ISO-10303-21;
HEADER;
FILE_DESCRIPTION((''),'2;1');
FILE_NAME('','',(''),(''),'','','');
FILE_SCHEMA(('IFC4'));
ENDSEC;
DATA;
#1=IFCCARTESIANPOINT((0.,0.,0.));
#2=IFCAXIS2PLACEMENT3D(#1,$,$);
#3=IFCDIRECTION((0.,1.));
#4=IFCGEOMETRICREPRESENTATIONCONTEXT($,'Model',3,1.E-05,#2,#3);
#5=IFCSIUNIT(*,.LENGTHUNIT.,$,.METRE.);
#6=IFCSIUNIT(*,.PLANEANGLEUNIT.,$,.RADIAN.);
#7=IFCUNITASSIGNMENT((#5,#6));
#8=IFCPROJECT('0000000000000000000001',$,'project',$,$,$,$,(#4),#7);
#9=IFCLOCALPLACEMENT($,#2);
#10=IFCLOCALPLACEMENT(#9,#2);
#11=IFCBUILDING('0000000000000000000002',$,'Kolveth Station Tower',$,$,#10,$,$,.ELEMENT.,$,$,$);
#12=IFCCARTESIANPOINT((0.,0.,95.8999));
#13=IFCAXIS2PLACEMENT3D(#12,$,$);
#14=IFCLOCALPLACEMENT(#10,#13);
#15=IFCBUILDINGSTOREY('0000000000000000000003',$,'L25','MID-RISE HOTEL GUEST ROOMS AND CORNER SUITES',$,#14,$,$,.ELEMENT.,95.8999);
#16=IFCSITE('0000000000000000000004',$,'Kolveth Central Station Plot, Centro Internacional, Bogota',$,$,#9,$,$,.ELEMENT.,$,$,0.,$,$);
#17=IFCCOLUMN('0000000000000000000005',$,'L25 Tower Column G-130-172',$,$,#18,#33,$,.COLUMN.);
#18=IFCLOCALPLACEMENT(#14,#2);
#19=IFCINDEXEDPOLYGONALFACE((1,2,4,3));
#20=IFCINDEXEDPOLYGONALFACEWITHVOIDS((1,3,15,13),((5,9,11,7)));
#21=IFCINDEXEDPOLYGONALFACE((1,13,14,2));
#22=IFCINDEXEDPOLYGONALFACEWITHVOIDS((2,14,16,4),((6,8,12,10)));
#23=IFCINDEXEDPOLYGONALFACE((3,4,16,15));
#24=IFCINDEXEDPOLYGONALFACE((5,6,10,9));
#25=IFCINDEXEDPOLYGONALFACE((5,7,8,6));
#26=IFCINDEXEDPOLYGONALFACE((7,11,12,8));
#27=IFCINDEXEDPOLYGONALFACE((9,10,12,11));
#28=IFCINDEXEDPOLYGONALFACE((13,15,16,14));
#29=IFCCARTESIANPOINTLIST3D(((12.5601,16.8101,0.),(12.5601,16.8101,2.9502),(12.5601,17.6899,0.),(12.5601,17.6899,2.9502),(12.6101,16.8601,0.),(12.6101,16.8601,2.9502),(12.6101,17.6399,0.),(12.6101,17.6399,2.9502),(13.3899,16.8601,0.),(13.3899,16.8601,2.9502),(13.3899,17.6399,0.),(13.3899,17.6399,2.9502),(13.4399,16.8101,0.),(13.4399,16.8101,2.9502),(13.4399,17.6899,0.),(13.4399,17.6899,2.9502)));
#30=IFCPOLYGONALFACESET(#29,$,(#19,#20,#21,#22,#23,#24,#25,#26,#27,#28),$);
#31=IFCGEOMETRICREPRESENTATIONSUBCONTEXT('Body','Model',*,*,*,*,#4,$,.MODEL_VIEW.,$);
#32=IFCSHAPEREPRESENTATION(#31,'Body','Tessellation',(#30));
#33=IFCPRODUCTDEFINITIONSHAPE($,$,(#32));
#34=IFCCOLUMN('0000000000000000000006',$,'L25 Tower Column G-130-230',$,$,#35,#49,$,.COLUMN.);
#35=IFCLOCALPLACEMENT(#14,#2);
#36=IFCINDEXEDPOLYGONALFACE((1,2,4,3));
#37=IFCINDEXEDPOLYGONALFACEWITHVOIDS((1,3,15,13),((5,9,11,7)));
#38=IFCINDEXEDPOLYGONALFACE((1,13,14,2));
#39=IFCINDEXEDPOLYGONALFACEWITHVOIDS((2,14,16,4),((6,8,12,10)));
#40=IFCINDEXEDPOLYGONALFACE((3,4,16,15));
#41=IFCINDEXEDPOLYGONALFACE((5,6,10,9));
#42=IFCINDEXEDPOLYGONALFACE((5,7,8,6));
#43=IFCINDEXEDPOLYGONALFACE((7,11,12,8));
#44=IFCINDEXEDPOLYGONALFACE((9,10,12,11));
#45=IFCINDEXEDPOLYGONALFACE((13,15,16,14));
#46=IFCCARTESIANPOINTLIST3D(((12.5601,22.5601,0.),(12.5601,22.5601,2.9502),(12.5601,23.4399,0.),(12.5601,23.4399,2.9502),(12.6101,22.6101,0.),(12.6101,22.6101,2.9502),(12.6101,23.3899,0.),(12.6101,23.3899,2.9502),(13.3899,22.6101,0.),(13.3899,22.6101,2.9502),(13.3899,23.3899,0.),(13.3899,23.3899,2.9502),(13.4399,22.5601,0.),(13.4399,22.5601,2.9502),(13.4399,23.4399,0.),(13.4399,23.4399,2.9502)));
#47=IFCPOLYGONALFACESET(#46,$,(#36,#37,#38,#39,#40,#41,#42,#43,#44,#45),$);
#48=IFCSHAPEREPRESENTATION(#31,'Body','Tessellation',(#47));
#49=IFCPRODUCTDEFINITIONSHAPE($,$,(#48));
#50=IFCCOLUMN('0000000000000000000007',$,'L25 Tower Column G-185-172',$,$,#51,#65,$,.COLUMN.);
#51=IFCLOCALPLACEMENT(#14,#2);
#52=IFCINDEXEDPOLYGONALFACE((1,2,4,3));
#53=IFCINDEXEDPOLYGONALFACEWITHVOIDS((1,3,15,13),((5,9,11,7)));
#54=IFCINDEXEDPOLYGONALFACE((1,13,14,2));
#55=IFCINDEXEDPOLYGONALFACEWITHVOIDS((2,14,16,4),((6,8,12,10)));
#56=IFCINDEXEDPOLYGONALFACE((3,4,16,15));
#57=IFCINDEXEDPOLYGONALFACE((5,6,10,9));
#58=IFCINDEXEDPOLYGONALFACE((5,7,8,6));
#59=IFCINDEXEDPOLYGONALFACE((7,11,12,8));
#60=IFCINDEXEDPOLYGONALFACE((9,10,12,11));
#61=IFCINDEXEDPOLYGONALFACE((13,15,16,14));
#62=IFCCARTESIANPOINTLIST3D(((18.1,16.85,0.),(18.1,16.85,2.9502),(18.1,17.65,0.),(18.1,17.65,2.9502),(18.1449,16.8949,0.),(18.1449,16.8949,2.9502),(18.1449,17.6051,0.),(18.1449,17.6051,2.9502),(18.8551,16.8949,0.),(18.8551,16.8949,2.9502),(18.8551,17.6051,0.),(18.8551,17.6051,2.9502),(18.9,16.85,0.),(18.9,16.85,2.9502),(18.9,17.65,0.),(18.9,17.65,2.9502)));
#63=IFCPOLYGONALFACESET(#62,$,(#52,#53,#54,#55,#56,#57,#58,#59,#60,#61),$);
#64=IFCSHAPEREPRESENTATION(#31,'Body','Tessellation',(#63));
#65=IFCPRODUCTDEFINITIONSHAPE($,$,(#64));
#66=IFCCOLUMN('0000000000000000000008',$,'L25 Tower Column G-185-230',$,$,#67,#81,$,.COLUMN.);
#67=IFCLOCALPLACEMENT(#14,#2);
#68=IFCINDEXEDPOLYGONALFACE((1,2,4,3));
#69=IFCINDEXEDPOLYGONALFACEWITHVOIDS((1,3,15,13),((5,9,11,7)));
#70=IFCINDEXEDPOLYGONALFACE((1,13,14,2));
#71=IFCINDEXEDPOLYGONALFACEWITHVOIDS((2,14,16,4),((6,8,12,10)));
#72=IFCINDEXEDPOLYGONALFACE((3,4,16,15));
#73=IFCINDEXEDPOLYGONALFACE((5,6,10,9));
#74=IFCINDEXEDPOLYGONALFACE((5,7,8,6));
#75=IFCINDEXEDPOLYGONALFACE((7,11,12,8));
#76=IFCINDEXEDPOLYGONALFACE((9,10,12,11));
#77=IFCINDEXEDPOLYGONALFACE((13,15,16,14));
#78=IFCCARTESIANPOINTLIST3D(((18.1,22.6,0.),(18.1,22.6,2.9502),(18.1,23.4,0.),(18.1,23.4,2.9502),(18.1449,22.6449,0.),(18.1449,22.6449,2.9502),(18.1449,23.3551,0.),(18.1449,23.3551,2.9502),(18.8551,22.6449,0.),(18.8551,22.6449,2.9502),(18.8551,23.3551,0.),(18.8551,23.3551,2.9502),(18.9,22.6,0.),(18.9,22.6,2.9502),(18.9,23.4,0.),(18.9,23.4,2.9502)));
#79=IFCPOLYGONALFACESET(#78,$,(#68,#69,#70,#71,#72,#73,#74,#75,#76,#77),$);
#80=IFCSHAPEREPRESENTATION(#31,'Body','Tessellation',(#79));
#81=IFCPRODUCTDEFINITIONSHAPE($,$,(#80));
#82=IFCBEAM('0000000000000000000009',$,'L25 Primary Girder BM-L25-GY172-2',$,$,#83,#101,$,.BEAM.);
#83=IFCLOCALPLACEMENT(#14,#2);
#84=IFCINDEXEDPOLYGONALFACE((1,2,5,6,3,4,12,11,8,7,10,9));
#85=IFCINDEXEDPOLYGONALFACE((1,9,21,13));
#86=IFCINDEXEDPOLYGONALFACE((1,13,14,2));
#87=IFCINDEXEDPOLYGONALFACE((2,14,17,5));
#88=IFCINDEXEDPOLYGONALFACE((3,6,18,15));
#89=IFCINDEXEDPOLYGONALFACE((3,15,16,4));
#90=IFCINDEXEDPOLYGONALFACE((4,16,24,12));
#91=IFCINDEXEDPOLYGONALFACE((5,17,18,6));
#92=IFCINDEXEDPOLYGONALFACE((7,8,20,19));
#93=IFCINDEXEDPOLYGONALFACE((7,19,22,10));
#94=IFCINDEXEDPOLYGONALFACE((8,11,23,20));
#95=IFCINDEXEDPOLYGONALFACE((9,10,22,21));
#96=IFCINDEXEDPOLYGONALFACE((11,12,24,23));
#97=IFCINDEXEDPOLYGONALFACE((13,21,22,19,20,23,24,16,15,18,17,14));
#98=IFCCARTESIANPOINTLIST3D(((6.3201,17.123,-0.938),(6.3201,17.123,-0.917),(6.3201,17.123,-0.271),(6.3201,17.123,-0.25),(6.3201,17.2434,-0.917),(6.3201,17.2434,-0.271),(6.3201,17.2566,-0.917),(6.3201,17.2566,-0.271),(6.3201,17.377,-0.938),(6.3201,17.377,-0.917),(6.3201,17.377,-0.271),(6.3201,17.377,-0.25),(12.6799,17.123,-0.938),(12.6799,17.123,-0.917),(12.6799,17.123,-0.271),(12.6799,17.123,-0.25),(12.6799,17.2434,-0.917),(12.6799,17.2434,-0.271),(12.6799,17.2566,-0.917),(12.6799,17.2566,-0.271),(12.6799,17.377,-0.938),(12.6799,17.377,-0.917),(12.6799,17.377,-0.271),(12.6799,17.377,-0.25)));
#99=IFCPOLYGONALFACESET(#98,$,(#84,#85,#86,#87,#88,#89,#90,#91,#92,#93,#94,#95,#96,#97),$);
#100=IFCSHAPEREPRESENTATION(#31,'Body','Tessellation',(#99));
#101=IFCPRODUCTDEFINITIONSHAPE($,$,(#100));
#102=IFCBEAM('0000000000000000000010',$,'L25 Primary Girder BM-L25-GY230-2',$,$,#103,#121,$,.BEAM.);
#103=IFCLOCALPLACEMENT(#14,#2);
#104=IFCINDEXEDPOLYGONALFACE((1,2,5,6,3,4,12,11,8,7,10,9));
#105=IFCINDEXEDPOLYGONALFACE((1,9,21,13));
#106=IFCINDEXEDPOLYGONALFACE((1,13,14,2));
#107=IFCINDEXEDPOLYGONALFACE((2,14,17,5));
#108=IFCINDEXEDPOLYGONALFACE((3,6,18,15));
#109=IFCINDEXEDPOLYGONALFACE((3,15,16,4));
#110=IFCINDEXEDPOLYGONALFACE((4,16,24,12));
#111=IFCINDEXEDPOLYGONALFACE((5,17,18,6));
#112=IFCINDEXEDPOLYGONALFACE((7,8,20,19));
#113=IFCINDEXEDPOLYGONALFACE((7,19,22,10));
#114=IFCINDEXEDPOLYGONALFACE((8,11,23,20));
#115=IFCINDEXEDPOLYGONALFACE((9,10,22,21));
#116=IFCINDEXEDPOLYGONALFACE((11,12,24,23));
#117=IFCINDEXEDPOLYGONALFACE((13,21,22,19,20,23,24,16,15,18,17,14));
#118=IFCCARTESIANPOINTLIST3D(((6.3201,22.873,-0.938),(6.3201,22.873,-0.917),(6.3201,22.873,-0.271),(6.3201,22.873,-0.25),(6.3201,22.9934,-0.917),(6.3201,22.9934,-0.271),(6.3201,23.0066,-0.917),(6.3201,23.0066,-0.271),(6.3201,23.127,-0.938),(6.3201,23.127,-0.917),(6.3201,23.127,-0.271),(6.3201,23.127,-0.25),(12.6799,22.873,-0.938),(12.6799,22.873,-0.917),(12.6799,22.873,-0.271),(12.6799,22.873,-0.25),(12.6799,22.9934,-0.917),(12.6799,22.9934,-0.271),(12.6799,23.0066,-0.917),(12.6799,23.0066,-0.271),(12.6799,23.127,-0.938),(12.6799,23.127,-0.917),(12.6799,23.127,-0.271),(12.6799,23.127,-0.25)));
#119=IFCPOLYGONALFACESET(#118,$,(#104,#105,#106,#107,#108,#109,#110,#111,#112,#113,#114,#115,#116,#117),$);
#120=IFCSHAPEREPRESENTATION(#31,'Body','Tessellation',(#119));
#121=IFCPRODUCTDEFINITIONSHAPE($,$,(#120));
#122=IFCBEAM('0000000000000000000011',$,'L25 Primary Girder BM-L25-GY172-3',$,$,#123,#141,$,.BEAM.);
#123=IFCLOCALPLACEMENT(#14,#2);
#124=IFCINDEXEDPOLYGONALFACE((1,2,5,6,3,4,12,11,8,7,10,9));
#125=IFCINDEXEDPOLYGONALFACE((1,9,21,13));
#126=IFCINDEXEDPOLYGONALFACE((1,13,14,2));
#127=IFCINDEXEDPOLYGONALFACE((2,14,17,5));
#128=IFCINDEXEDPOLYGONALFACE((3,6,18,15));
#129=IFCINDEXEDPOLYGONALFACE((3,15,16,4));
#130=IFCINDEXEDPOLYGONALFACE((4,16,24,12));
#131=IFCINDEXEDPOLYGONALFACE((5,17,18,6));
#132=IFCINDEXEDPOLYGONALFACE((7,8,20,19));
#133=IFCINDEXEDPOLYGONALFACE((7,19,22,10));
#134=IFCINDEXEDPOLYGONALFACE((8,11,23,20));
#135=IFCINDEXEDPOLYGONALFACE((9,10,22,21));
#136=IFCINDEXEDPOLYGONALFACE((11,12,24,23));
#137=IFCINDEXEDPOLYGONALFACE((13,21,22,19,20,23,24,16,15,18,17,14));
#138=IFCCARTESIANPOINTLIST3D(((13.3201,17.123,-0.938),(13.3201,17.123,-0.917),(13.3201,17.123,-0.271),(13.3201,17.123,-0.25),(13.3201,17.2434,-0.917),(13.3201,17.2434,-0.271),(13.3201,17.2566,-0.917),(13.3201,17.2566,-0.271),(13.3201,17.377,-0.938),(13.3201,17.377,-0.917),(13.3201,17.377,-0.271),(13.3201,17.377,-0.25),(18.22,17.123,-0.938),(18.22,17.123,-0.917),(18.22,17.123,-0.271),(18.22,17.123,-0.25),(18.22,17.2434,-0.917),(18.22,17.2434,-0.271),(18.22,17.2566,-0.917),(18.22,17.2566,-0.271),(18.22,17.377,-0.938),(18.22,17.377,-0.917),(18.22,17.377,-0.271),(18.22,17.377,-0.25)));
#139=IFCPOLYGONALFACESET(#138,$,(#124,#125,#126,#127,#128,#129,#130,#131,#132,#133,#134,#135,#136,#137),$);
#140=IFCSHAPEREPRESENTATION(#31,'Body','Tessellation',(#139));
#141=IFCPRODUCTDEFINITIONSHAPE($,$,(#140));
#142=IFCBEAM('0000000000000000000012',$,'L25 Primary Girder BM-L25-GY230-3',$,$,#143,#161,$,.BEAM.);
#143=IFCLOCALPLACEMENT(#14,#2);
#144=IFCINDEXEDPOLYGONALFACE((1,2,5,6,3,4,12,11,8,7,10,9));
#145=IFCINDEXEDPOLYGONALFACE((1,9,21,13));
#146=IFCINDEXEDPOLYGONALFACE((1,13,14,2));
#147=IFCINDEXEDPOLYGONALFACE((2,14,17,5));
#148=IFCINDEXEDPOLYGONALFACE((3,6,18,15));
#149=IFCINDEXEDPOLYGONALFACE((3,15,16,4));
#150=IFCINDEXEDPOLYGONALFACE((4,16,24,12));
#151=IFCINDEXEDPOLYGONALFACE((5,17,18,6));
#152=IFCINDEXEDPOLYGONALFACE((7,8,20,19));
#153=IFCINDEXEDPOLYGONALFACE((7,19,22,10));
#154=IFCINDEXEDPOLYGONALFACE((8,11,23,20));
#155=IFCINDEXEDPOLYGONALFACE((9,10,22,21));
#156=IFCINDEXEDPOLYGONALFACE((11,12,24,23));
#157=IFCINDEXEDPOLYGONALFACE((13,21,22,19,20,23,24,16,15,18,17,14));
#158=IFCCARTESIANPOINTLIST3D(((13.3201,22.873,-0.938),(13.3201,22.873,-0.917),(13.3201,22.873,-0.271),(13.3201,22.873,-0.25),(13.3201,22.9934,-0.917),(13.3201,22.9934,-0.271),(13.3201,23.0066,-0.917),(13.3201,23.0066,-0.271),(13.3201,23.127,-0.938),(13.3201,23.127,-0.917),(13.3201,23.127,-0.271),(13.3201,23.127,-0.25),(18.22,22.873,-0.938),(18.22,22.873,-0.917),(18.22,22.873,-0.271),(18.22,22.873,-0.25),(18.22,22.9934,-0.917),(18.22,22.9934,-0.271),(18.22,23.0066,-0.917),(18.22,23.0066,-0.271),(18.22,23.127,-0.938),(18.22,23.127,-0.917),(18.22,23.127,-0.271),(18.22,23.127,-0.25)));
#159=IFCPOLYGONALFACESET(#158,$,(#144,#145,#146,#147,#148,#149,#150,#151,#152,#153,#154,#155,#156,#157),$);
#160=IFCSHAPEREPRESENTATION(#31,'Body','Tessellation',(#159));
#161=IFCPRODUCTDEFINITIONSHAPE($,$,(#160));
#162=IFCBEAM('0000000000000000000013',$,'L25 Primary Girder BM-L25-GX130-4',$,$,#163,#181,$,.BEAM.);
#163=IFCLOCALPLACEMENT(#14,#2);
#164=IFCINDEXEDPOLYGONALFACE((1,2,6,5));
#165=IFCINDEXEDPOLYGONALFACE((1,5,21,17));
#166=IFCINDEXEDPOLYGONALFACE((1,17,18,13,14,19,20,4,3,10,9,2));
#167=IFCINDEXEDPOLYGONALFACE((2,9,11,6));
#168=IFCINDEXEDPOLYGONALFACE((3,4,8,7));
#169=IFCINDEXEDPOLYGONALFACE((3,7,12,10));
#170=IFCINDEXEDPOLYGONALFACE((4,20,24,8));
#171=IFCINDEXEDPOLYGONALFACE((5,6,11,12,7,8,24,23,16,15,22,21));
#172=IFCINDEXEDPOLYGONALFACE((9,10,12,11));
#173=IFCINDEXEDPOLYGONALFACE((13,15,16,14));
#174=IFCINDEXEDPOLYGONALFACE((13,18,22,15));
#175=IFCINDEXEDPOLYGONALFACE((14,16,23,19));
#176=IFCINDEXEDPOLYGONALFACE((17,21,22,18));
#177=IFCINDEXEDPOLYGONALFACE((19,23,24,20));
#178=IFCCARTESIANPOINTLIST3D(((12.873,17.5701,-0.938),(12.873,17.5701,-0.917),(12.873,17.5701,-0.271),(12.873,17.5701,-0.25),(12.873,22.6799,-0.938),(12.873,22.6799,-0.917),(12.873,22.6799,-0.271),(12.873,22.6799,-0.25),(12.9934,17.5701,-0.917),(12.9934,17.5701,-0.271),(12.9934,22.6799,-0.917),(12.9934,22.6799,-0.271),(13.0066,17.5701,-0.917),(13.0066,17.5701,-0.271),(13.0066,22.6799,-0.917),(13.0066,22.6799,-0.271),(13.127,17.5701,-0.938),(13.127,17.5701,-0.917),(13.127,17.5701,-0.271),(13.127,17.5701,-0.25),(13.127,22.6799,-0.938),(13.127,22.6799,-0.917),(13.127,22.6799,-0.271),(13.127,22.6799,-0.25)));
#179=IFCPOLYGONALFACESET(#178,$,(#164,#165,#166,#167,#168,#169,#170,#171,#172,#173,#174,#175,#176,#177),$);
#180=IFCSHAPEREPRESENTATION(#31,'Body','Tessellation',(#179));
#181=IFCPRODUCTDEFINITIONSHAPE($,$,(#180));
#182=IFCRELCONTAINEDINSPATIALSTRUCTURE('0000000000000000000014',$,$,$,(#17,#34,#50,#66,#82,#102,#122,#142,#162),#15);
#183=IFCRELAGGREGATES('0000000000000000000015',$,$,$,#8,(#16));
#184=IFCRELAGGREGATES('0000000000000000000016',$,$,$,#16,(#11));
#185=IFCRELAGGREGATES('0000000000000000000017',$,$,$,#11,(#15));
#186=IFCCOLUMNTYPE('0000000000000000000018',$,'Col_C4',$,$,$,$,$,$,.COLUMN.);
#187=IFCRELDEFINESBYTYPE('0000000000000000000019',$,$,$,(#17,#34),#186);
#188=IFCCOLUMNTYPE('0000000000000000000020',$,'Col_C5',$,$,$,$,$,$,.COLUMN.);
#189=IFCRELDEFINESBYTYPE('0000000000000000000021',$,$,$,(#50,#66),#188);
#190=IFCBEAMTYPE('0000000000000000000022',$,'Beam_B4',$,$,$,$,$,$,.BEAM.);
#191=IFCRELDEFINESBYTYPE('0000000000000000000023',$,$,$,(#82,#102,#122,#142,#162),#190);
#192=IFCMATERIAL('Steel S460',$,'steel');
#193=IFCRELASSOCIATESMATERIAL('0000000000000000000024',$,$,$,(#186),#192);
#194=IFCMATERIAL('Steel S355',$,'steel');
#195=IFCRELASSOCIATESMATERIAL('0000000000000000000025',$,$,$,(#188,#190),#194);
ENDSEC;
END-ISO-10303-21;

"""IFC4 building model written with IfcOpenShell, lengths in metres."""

from ifc_helpers import new_model, si_unit, direction, frame, origin, origin_2d, place, context, subcontext, project, spatial, hollow_rectangle, i_section, extrude, source, transform, mapped, material, material_profile, profile_set, type_object, element, save


model = new_model("IFC4")

# Units and contexts
model_context = context("Model", 3, precision=1e-05, world=origin(), true_north=direction((0.0, 1.0)))
body_context = subcontext(model_context, "Body", "Model", "MODEL_VIEW")
ifc_project = project(units=[si_unit("LENGTHUNIT", "METRE"), si_unit("PLANEANGLEUNIT", "RADIAN")], contexts=[model_context])

# Site, building, storey
site_placement = place(None, origin())
site = spatial("IfcSite", under=ifc_project, at=site_placement, Name="Kolveth Central Station Plot, Centro Internacional, Bogota", CompositionType="ELEMENT", RefElevation=0.0)
building_placement = place(site_placement, origin())
building = spatial("IfcBuilding", under=site, at=building_placement, Name="Kolveth Station Tower", CompositionType="ELEMENT")
storey_placement = place(building_placement, frame((0.0, 0.0, 95.8999)))
storey = spatial("IfcBuildingStorey", under=building, at=storey_placement, Name="L25", Description="MID-RISE HOTEL GUEST ROOMS AND CORNER SUITES", CompositionType="ELEMENT", Elevation=95.8999)

# Columns
ifc_material_1 = material(Name="Steel S460", Category="steel")
ifc_material_profile_1 = material_profile(ifc_material_1, hollow_rectangle(XDim=0.8799, YDim=0.8799, WallThickness=0.05, at=origin_2d()), Name="BOX880x880x50")
ifc_profile_set_1 = profile_set([ifc_material_profile_1], Name="Steel S460")
column_type_1 = type_object("IfcColumnType", Name="Col_C4", PredefinedType="COLUMN", material=ifc_profile_set_1)
shared_shape_1 = source(origin(), body_context, "Body", "SweptSolid", [
    extrude(hollow_rectangle(XDim=0.8799, YDim=0.8799, WallThickness=0.05, at=origin_2d()), origin(), (0.0, 0.0, 1.0), 2.9502),
])
for number, where, z_axis, x_axis, name in (
    (1, (13.0, 17.25, 0.0), (0.0, 0.0, 1.0), (1.0, 0.0, 0.0), "L25 Tower Column G-130-172"),
    (2, (13.0, 23.0, 0.0), (0.0, 0.0, 1.0), (1.0, 0.0, 0.0), "L25 Tower Column G-130-230"),
):
    element("IfcColumn", number, at=place(storey_placement, frame(where, z_axis=z_axis, x_axis=x_axis)), inside=storey, type_object=column_type_1, Name=name, PredefinedType="COLUMN", context=body_context, shape_type="MappedRepresentation", body=[
        mapped(shared_shape_1, transform((0.0, 0.0, 0.0), x_axis=(1.0, 0.0, 0.0), y_axis=(0.0, 1.0, 0.0), z_axis=(0.0, 0.0, 1.0), scale=1.0)),
    ])
ifc_material_2 = material(Name="Steel S355", Category="steel")
ifc_material_profile_2 = material_profile(ifc_material_2, hollow_rectangle(XDim=0.8, YDim=0.8, WallThickness=0.0449, at=origin_2d()), Name="BOX800x800x45")
ifc_profile_set_2 = profile_set([ifc_material_profile_2], Name="Steel S355")
column_type_2 = type_object("IfcColumnType", Name="Col_C5", PredefinedType="COLUMN", material=ifc_profile_set_2)
shared_shape_2 = source(origin(), body_context, "Body", "SweptSolid", [
    extrude(hollow_rectangle(XDim=0.8, YDim=0.8, WallThickness=0.0449, at=origin_2d()), origin(), (0.0, 0.0, 1.0), 2.9502),
])
for number, where, z_axis, x_axis, name in (
    (3, (18.5, 17.25, 0.0), (0.0, 0.0, 1.0), (1.0, 0.0, 0.0), "L25 Tower Column G-185-172"),
    (4, (18.5, 23.0, 0.0), (0.0, 0.0, 1.0), (1.0, 0.0, 0.0), "L25 Tower Column G-185-230"),
):
    element("IfcColumn", number, at=place(storey_placement, frame(where, z_axis=z_axis, x_axis=x_axis)), inside=storey, type_object=column_type_2, Name=name, PredefinedType="COLUMN", context=body_context, shape_type="MappedRepresentation", body=[
        mapped(shared_shape_2, transform((0.0, 0.0, 0.0), x_axis=(1.0, 0.0, 0.0), y_axis=(0.0, 1.0, 0.0), z_axis=(0.0, 0.0, 1.0), scale=1.0)),
    ])

# Beams
ifc_material_profile_3 = material_profile(ifc_material_2, i_section(OverallWidth=0.2539, OverallDepth=0.688, WebThickness=0.0132, FlangeThickness=0.021, at=origin_2d()), Name="W690x152")
ifc_profile_set_3 = profile_set([ifc_material_profile_3], Name="Steel S355")
beam_type_1 = type_object("IfcBeamType", Name="Beam_B4", PredefinedType="BEAM", material=ifc_profile_set_3)
shared_shape_3 = source(origin(), body_context, "Body", "SweptSolid", [
    extrude(i_section(OverallWidth=0.2539, OverallDepth=0.688, WebThickness=0.0132, FlangeThickness=0.021, at=origin_2d()), origin(), (0.0, 0.0, 1.0), 6.3599),
])
for number, where, z_axis, x_axis, name in (
    (5, (6.3201, 17.25, -0.594), (1.0, 0.0, 0.0), (0.0, 1.0, 0.0), "L25 Primary Girder BM-L25-GY172-2"),
    (6, (6.3201, 23.0, -0.594), (1.0, 0.0, 0.0), (0.0, 1.0, 0.0), "L25 Primary Girder BM-L25-GY230-2"),
):
    element("IfcBeam", number, at=place(storey_placement, frame(where, z_axis=z_axis, x_axis=x_axis)), inside=storey, type_object=beam_type_1, Name=name, PredefinedType="BEAM", context=body_context, shape_type="MappedRepresentation", body=[
        mapped(shared_shape_3, transform((0.0, 0.0, 0.0), x_axis=(1.0, 0.0, 0.0), y_axis=(0.0, 1.0, 0.0), z_axis=(0.0, 0.0, 1.0), scale=1.0)),
    ])
shared_shape_4 = source(origin(), body_context, "Body", "SweptSolid", [
    extrude(i_section(OverallWidth=0.2539, OverallDepth=0.688, WebThickness=0.0132, FlangeThickness=0.021, at=origin_2d()), origin(), (0.0, 0.0, 1.0), 4.8999),
])
for number, where, z_axis, x_axis, name in (
    (7, (13.3201, 17.25, -0.594), (1.0, 0.0, 0.0), (0.0, 1.0, 0.0), "L25 Primary Girder BM-L25-GY172-3"),
    (8, (13.3201, 23.0, -0.594), (1.0, 0.0, 0.0), (0.0, 1.0, 0.0), "L25 Primary Girder BM-L25-GY230-3"),
):
    element("IfcBeam", number, at=place(storey_placement, frame(where, z_axis=z_axis, x_axis=x_axis)), inside=storey, type_object=beam_type_1, Name=name, PredefinedType="BEAM", context=body_context, shape_type="MappedRepresentation", body=[
        mapped(shared_shape_4, transform((0.0, 0.0, 0.0), x_axis=(1.0, 0.0, 0.0), y_axis=(0.0, 1.0, 0.0), z_axis=(0.0, 0.0, 1.0), scale=1.0)),
    ])
shared_shape_5 = source(origin(), body_context, "Body", "SweptSolid", [
    extrude(i_section(OverallWidth=0.2539, OverallDepth=0.688, WebThickness=0.0132, FlangeThickness=0.021, at=origin_2d()), origin(), (0.0, 0.0, 1.0), 5.1099),
])
for number, where, z_axis, x_axis, name in (
    (9, (13.0, 17.5701, -0.594), (0.0, 1.0, 0.0), (-1.0, 0.0, 0.0), "L25 Primary Girder BM-L25-GX130-4"),
):
    element("IfcBeam", number, at=place(storey_placement, frame(where, z_axis=z_axis, x_axis=x_axis)), inside=storey, type_object=beam_type_1, Name=name, PredefinedType="BEAM", context=body_context, shape_type="MappedRepresentation", body=[
        mapped(shared_shape_5, transform((0.0, 0.0, 0.0), x_axis=(1.0, 0.0, 0.0), y_axis=(0.0, 1.0, 0.0), z_axis=(0.0, 0.0, 1.0), scale=1.0)),
    ])

save(model, "model.ifc")
